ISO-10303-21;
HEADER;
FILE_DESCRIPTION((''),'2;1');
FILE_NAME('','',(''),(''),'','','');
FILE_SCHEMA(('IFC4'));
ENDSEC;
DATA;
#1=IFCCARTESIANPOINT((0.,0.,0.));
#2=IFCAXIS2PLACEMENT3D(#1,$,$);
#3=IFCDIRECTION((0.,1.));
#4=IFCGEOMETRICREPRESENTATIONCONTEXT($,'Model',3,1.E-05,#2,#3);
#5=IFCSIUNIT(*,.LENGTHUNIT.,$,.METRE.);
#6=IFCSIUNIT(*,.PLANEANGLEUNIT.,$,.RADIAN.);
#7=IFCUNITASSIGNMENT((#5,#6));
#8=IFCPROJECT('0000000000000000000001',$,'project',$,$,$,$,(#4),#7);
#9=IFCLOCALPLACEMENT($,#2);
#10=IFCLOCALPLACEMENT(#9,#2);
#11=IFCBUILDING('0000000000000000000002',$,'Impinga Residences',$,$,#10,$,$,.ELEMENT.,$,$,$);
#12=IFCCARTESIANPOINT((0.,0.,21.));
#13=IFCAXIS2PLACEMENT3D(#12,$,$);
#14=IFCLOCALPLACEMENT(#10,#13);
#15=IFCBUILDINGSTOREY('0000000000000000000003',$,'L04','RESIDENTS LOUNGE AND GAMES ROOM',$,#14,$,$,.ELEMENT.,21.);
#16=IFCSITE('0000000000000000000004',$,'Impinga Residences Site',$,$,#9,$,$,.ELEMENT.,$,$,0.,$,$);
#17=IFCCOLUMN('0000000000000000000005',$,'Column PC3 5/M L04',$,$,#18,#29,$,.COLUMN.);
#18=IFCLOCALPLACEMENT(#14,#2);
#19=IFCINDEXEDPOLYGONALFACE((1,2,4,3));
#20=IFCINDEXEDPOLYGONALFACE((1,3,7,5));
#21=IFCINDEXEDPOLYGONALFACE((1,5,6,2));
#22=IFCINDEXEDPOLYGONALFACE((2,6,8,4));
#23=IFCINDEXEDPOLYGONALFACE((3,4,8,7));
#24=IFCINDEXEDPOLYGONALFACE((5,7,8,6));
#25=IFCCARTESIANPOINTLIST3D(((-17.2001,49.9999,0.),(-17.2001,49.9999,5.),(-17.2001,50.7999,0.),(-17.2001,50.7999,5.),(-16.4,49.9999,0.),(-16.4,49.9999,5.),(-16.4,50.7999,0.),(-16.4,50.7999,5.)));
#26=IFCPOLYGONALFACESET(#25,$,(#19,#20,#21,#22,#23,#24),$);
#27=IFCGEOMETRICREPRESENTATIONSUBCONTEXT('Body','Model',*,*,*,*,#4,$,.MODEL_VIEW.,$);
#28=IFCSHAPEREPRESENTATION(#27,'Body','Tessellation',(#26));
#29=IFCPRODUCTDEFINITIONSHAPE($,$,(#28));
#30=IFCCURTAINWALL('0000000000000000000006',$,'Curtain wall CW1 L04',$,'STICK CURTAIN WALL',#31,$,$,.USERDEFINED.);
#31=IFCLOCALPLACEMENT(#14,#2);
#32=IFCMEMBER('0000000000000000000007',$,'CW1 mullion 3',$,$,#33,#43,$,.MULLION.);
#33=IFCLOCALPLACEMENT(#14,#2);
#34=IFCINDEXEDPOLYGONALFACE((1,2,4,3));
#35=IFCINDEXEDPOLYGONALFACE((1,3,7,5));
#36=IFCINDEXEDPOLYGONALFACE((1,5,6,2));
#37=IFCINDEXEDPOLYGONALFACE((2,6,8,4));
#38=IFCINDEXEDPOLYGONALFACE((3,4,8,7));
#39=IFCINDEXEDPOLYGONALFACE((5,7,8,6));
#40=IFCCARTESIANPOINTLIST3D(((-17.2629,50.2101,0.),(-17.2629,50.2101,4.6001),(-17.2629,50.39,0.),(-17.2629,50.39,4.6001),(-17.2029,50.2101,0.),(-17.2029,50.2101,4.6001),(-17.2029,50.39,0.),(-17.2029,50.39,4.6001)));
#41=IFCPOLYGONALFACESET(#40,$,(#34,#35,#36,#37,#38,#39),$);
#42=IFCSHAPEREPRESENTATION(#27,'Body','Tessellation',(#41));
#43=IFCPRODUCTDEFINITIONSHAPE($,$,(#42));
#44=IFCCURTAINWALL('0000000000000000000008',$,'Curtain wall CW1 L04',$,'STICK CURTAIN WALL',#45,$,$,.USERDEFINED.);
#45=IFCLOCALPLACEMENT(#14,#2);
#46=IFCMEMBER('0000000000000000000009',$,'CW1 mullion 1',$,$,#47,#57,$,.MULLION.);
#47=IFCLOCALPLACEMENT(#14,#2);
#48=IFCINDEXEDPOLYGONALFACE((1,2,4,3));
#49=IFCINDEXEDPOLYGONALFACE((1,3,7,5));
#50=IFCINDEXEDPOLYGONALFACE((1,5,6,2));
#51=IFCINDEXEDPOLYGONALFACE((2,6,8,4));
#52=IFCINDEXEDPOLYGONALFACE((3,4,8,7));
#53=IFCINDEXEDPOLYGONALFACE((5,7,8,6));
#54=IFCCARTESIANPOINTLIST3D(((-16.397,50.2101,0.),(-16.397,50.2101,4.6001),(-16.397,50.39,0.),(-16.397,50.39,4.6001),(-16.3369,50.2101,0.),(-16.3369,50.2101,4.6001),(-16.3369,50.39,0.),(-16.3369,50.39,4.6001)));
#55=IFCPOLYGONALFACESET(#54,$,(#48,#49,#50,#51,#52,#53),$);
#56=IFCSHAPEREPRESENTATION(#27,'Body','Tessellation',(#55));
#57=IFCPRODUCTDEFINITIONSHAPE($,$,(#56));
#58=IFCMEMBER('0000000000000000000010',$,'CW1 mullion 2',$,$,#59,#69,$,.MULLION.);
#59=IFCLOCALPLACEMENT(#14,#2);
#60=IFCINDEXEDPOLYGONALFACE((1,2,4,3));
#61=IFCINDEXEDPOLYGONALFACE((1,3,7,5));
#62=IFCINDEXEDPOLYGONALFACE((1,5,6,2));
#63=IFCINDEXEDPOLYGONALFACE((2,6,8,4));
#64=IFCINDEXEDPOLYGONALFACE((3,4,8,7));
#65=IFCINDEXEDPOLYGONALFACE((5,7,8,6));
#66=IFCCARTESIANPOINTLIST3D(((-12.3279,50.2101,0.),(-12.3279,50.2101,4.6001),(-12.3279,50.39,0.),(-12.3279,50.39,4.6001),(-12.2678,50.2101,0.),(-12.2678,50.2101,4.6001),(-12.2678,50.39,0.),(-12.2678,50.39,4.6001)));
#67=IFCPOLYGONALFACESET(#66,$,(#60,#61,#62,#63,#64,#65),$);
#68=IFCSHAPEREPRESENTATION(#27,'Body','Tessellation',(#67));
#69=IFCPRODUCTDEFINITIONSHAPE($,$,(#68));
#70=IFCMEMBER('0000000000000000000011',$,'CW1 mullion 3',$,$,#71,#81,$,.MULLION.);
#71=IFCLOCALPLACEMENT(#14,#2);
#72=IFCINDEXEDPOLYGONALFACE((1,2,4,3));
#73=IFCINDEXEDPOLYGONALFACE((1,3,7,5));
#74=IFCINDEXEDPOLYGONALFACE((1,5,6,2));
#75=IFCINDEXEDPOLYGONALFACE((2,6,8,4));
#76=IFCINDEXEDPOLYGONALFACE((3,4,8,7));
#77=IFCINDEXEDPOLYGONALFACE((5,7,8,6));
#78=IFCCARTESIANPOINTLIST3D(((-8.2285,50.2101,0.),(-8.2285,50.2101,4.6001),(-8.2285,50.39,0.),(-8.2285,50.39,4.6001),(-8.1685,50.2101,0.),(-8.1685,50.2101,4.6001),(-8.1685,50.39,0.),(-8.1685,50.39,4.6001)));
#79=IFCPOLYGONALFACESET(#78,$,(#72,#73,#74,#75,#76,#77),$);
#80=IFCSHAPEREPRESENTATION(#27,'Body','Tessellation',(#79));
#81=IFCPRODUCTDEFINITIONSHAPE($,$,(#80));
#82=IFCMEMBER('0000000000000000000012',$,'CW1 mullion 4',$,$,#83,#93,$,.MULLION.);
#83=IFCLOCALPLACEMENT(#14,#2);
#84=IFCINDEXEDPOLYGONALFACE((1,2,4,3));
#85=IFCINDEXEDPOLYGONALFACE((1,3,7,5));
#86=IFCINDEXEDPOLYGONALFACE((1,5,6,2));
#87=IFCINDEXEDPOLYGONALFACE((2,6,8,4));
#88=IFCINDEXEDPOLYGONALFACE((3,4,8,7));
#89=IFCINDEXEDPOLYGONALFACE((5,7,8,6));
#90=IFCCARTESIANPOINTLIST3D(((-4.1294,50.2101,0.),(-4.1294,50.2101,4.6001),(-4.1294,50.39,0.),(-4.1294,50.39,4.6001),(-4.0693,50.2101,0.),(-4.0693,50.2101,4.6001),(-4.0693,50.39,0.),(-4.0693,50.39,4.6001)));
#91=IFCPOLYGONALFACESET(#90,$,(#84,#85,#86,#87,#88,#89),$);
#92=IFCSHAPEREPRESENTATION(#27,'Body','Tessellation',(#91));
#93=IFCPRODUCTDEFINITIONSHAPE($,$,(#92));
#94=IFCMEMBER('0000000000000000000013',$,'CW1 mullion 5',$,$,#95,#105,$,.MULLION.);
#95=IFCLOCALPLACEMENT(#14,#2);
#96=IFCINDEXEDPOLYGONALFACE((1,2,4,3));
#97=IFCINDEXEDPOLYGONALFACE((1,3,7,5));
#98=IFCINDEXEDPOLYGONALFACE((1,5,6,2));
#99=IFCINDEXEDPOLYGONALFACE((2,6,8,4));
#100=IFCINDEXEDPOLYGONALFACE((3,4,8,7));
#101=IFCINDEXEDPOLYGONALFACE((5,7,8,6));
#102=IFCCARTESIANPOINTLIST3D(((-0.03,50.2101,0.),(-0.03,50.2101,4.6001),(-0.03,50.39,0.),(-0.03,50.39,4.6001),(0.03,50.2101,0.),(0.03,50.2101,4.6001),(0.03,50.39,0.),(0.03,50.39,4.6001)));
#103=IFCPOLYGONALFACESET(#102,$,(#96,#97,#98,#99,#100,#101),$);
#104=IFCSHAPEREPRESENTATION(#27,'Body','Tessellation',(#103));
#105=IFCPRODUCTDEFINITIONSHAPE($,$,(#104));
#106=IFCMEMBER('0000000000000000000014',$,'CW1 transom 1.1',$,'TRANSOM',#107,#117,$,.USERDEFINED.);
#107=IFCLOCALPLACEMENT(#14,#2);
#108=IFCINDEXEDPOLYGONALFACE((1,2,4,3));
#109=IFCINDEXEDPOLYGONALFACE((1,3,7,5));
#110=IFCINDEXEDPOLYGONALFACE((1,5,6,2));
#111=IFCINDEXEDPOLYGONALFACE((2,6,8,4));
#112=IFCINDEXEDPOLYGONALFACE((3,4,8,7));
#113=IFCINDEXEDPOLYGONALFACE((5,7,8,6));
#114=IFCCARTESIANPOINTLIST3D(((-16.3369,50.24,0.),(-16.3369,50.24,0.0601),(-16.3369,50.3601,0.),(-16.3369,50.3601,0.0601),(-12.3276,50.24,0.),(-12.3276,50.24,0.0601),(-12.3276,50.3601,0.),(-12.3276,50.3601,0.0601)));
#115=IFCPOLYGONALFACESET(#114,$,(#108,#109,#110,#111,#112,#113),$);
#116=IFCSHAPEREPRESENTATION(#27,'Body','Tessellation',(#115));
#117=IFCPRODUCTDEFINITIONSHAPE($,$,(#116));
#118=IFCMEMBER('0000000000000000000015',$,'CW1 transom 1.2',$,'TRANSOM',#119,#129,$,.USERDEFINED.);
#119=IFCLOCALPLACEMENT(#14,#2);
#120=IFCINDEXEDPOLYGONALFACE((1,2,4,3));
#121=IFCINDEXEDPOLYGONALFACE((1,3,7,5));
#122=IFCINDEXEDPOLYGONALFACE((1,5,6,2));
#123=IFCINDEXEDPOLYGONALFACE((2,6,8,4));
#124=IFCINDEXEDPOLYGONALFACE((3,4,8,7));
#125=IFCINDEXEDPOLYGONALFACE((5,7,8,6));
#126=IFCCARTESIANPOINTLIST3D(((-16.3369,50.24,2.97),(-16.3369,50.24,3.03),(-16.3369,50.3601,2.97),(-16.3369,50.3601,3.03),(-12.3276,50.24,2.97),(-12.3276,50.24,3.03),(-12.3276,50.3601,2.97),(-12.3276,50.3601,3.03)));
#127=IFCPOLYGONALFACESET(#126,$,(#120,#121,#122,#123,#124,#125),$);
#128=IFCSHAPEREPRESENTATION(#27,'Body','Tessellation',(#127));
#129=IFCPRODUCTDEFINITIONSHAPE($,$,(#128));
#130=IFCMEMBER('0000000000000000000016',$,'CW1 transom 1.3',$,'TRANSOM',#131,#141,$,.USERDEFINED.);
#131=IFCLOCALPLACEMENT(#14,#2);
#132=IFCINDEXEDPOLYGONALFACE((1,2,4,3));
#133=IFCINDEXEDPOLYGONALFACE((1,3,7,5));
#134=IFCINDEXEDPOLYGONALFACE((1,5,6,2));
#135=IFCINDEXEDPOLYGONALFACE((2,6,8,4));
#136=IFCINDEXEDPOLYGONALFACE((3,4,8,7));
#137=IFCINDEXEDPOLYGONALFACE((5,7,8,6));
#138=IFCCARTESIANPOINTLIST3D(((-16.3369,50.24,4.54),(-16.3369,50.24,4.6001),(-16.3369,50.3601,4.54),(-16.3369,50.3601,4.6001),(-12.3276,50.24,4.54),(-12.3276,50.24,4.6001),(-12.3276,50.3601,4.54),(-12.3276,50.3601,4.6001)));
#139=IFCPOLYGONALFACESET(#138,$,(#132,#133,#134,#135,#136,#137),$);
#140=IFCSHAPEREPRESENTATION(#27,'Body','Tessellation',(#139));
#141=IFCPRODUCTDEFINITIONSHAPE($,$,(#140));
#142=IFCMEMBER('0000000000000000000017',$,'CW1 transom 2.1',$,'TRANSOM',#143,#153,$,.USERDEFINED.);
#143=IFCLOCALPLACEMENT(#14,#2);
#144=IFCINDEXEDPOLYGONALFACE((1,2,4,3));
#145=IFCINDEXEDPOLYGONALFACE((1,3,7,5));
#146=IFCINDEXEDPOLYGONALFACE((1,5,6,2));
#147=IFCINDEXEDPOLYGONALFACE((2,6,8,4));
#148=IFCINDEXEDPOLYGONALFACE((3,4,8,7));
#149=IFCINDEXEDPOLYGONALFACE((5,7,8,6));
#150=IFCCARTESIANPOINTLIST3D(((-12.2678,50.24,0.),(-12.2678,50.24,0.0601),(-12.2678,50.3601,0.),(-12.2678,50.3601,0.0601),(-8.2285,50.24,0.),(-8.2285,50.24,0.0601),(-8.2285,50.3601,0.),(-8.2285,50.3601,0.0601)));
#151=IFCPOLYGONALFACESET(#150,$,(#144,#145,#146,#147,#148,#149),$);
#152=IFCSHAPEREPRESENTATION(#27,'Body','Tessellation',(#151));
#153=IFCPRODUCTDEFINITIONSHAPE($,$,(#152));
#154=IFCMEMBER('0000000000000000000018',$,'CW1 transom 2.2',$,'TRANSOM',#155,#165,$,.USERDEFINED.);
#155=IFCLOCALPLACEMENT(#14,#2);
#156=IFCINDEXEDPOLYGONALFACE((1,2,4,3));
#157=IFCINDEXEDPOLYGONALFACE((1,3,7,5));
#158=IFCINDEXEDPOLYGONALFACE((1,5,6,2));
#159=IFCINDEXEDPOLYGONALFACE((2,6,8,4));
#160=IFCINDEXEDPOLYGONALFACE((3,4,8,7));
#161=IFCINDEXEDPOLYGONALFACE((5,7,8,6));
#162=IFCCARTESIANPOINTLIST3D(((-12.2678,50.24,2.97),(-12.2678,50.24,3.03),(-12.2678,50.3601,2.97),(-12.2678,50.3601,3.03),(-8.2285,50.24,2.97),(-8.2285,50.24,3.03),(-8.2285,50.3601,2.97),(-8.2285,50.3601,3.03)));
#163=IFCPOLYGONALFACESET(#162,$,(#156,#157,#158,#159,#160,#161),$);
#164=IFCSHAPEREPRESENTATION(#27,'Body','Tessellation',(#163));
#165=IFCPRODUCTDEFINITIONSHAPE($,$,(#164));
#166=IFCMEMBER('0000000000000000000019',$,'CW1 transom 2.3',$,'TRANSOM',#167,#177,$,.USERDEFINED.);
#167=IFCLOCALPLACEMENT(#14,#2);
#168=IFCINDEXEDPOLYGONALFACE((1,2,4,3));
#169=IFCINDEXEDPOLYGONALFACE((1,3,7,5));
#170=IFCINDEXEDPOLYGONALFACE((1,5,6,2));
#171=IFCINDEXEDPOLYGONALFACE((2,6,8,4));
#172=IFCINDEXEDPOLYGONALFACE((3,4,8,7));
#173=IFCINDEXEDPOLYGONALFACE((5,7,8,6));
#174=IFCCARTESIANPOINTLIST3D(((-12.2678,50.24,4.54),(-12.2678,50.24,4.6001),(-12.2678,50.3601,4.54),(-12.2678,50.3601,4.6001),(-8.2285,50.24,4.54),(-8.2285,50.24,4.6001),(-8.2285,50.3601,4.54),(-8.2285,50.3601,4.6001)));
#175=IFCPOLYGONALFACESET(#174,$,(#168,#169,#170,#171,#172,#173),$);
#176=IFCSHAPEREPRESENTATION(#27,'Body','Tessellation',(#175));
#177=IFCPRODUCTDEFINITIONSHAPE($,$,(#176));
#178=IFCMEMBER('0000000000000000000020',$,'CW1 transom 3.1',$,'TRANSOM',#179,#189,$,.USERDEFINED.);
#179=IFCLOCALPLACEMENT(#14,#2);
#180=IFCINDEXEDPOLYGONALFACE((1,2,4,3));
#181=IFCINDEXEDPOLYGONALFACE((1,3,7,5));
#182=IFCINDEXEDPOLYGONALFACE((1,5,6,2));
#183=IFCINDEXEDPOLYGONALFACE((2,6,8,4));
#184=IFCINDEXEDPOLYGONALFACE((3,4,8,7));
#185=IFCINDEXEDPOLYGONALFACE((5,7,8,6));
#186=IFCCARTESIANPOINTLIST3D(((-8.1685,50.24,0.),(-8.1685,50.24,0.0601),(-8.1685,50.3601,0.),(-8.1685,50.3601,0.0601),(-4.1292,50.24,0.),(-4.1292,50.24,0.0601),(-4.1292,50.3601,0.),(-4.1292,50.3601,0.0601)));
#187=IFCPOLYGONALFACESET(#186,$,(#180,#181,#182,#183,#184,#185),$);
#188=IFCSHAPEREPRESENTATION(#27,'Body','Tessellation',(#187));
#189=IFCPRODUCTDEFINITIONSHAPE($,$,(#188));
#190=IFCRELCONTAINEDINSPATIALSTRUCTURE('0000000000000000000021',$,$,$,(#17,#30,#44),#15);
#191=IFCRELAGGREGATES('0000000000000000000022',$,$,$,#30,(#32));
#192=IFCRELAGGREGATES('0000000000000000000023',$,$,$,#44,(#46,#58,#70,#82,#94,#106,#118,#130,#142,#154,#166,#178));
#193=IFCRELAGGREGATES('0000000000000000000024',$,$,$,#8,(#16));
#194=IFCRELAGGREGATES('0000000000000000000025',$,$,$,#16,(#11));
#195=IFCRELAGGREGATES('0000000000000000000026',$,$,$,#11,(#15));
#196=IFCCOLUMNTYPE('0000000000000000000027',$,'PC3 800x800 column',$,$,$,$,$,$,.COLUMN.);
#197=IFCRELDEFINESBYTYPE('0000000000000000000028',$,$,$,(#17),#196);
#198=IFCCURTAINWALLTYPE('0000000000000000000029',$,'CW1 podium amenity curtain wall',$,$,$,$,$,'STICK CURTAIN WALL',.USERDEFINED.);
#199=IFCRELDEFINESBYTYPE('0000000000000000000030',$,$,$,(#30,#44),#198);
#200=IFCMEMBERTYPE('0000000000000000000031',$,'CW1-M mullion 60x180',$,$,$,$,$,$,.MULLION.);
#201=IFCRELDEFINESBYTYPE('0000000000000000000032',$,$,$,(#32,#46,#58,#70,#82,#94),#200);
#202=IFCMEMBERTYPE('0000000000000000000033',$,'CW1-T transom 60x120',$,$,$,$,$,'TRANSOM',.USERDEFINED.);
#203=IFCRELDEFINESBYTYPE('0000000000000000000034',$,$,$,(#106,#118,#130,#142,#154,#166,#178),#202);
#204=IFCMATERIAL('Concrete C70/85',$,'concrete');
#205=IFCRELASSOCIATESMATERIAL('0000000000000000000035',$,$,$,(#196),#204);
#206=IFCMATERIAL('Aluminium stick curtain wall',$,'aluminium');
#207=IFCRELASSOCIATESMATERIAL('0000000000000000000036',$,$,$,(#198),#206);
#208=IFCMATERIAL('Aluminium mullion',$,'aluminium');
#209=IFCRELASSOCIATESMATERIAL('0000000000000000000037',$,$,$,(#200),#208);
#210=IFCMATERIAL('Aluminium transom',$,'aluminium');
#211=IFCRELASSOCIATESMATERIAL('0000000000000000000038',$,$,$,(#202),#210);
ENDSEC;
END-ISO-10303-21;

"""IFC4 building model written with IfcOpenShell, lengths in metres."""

from ifc_helpers import new_model, si_unit, direction, frame, origin, origin_2d, place, context, subcontext, project, spatial, rectangle, extrude, material, material_profile, profile_set, type_object, element, aggregate, save


model = new_model("IFC4")

# Units and contexts
model_context = context("Model", 3, precision=1e-05, world=origin(), true_north=direction((0.0, 1.0)))
body_context = subcontext(model_context, "Body", "Model", "MODEL_VIEW")
ifc_project = project(units=[si_unit("LENGTHUNIT", "METRE"), si_unit("PLANEANGLEUNIT", "RADIAN")], contexts=[model_context])

# Site, building, storey
site_placement = place(None, origin())
site = spatial("IfcSite", under=ifc_project, at=site_placement, Name="Impinga Residences Site", CompositionType="ELEMENT", RefElevation=0.0)
building_placement = place(site_placement, origin())
building = spatial("IfcBuilding", under=site, at=building_placement, Name="Impinga Residences", CompositionType="ELEMENT")
storey_placement = place(building_placement, frame((0.0, 0.0, 21.0)))
storey = spatial("IfcBuildingStorey", under=building, at=storey_placement, Name="L04", Description="RESIDENTS LOUNGE AND GAMES ROOM", CompositionType="ELEMENT", Elevation=21.0)

# Column
ifc_material_1 = material(Name="Concrete C70/85", Category="concrete")
ifc_material_profile_1 = material_profile(ifc_material_1, rectangle(XDim=0.8, YDim=0.8, at=origin_2d()), Name="RC 800x800")
ifc_profile_set_1 = profile_set([ifc_material_profile_1], Name="Concrete C70/85")
column_type = type_object("IfcColumnType", Name="PC3 800x800 column", PredefinedType="COLUMN", material=ifc_profile_set_1)
column_placement = place(storey_placement, frame((-16.8, 50.3999, 0.0), z_axis=(0.0, 0.0, 1.0), x_axis=(1.0, 0.0, 0.0)))
element("IfcColumn", 1, at=column_placement, inside=storey, type_object=column_type, Name="Column PC3 5/M L04", PredefinedType="COLUMN", context=body_context, shape_type="SweptSolid", body=[
    extrude(rectangle(XDim=0.8, YDim=0.8, at=origin_2d()), origin(), (0.0, 0.0, 1.0), 5.0),
])

# Curtain wall, member
ifc_material_2 = material(Name="Aluminium stick curtain wall", Category="aluminium")
curtain_wall_type = type_object("IfcCurtainWallType", Name="CW1 podium amenity curtain wall", ElementType="STICK CURTAIN WALL", PredefinedType="USERDEFINED", material=ifc_material_2)
curtain_wall_1_placement = place(storey_placement, origin())
curtain_wall_1 = element("IfcCurtainWall", 2, at=curtain_wall_1_placement, inside=storey, type_object=curtain_wall_type, Name="Curtain wall CW1 L04", ObjectType="STICK CURTAIN WALL", PredefinedType="USERDEFINED")
ifc_material_3 = material(Name="Aluminium mullion", Category="aluminium")
ifc_material_profile_2 = material_profile(ifc_material_3, rectangle(XDim=0.0601, YDim=0.1799, at=origin_2d()), Name="60x180 mullion")
ifc_profile_set_2 = profile_set([ifc_material_profile_2], Name="Aluminium mullion")
member_type_1 = type_object("IfcMemberType", Name="CW1-M mullion 60x180", PredefinedType="MULLION", material=ifc_profile_set_2)
member_1_placement = place(storey_placement, frame((-17.2329, 50.3, 0.0), z_axis=(0.0, 0.0, 1.0), x_axis=(1.0, 0.0, 0.0)))
member_1 = element("IfcMember", 3, at=member_1_placement, type_object=member_type_1, Name="CW1 mullion 3", PredefinedType="MULLION", context=body_context, shape_type="SweptSolid", body=[
    extrude(rectangle(XDim=0.0601, YDim=0.1799, at=origin_2d()), origin(), (0.0, 0.0, 1.0), 4.6001),
])

# Curtain wall, members
curtain_wall_2_placement = place(storey_placement, origin())
curtain_wall_2 = element("IfcCurtainWall", 4, at=curtain_wall_2_placement, inside=storey, type_object=curtain_wall_type, Name="Curtain wall CW1 L04", ObjectType="STICK CURTAIN WALL", PredefinedType="USERDEFINED")
member_2_placement = place(storey_placement, frame((-16.3669, 50.3, 0.0), z_axis=(0.0, 0.0, 1.0), x_axis=(1.0, 0.0, 0.0)))
member_2 = element("IfcMember", 5, at=member_2_placement, type_object=member_type_1, Name="CW1 mullion 1", PredefinedType="MULLION", context=body_context, shape_type="SweptSolid", body=[
    extrude(rectangle(XDim=0.0601, YDim=0.1799, at=origin_2d()), origin(), (0.0, 0.0, 1.0), 4.6001),
])
member_3_placement = place(storey_placement, frame((-12.2979, 50.3, 0.0), z_axis=(0.0, 0.0, 1.0), x_axis=(1.0, 0.0, 0.0)))
member_3 = element("IfcMember", 6, at=member_3_placement, type_object=member_type_1, Name="CW1 mullion 2", PredefinedType="MULLION", context=body_context, shape_type="SweptSolid", body=[
    extrude(rectangle(XDim=0.0601, YDim=0.1799, at=origin_2d()), origin(), (0.0, 0.0, 1.0), 4.6001),
])
member_4_placement = place(storey_placement, frame((-8.1985, 50.3, 0.0), z_axis=(0.0, 0.0, 1.0), x_axis=(1.0, 0.0, 0.0)))
member_4 = element("IfcMember", 7, at=member_4_placement, type_object=member_type_1, Name="CW1 mullion 3", PredefinedType="MULLION", context=body_context, shape_type="SweptSolid", body=[
    extrude(rectangle(XDim=0.0601, YDim=0.1799, at=origin_2d()), origin(), (0.0, 0.0, 1.0), 4.6001),
])
member_5_placement = place(storey_placement, frame((-4.0994, 50.3, 0.0), z_axis=(0.0, 0.0, 1.0), x_axis=(1.0, 0.0, 0.0)))
member_5 = element("IfcMember", 8, at=member_5_placement, type_object=member_type_1, Name="CW1 mullion 4", PredefinedType="MULLION", context=body_context, shape_type="SweptSolid", body=[
    extrude(rectangle(XDim=0.0601, YDim=0.1799, at=origin_2d()), origin(), (0.0, 0.0, 1.0), 4.6001),
])
member_6_placement = place(storey_placement, frame((0.0, 50.3, 0.0), z_axis=(0.0, 0.0, 1.0), x_axis=(1.0, 0.0, 0.0)))
member_6 = element("IfcMember", 9, at=member_6_placement, type_object=member_type_1, Name="CW1 mullion 5", PredefinedType="MULLION", context=body_context, shape_type="SweptSolid", body=[
    extrude(rectangle(XDim=0.0601, YDim=0.1799, at=origin_2d()), origin(), (0.0, 0.0, 1.0), 4.6001),
])
ifc_material_4 = material(Name="Aluminium transom", Category="aluminium")
ifc_material_profile_3 = material_profile(ifc_material_4, rectangle(XDim=0.0601, YDim=0.1201, at=origin_2d()), Name="60x120 transom")
ifc_profile_set_3 = profile_set([ifc_material_profile_3], Name="Aluminium transom")
member_type_2 = type_object("IfcMemberType", Name="CW1-T transom 60x120", ElementType="TRANSOM", PredefinedType="USERDEFINED", material=ifc_profile_set_3)
member_7_placement = place(storey_placement, frame((-16.3369, 50.3, 0.03), z_axis=(1.0, 0.0, 0.0), x_axis=(0.0, 0.0, 1.0)))
member_7 = element("IfcMember", 10, at=member_7_placement, type_object=member_type_2, Name="CW1 transom 1.1", ObjectType="TRANSOM", PredefinedType="USERDEFINED", context=body_context, shape_type="SweptSolid", body=[
    extrude(rectangle(XDim=0.0601, YDim=0.1201, at=origin_2d()), origin(), (0.0, 0.0, 1.0), 4.0093),
])
member_8_placement = place(storey_placement, frame((-16.3369, 50.3, 3.0), z_axis=(1.0, 0.0, 0.0), x_axis=(0.0, 0.0, 1.0)))
member_8 = element("IfcMember", 11, at=member_8_placement, type_object=member_type_2, Name="CW1 transom 1.2", ObjectType="TRANSOM", PredefinedType="USERDEFINED", context=body_context, shape_type="SweptSolid", body=[
    extrude(rectangle(XDim=0.0601, YDim=0.1201, at=origin_2d()), origin(), (0.0, 0.0, 1.0), 4.0093),
])
member_9_placement = place(storey_placement, frame((-16.3369, 50.3, 4.5701), z_axis=(1.0, 0.0, 0.0), x_axis=(0.0, 0.0, 1.0)))
member_9 = element("IfcMember", 12, at=member_9_placement, type_object=member_type_2, Name="CW1 transom 1.3", ObjectType="TRANSOM", PredefinedType="USERDEFINED", context=body_context, shape_type="SweptSolid", body=[
    extrude(rectangle(XDim=0.0601, YDim=0.1201, at=origin_2d()), origin(), (0.0, 0.0, 1.0), 4.0093),
])
member_10_placement = place(storey_placement, frame((-12.2678, 50.3, 0.03), z_axis=(1.0, 0.0, 0.0), x_axis=(0.0, 0.0, 1.0)))
member_10 = element("IfcMember", 13, at=member_10_placement, type_object=member_type_2, Name="CW1 transom 2.1", ObjectType="TRANSOM", PredefinedType="USERDEFINED", context=body_context, shape_type="SweptSolid", body=[
    extrude(rectangle(XDim=0.0601, YDim=0.1201, at=origin_2d()), origin(), (0.0, 0.0, 1.0), 4.0393),
])
member_11_placement = place(storey_placement, frame((-12.2678, 50.3, 3.0), z_axis=(1.0, 0.0, 0.0), x_axis=(0.0, 0.0, 1.0)))
member_11 = element("IfcMember", 14, at=member_11_placement, type_object=member_type_2, Name="CW1 transom 2.2", ObjectType="TRANSOM", PredefinedType="USERDEFINED", context=body_context, shape_type="SweptSolid", body=[
    extrude(rectangle(XDim=0.0601, YDim=0.1201, at=origin_2d()), origin(), (0.0, 0.0, 1.0), 4.0393),
])
member_12_placement = place(storey_placement, frame((-12.2678, 50.3, 4.5701), z_axis=(1.0, 0.0, 0.0), x_axis=(0.0, 0.0, 1.0)))
member_12 = element("IfcMember", 15, at=member_12_placement, type_object=member_type_2, Name="CW1 transom 2.3", ObjectType="TRANSOM", PredefinedType="USERDEFINED", context=body_context, shape_type="SweptSolid", body=[
    extrude(rectangle(XDim=0.0601, YDim=0.1201, at=origin_2d()), origin(), (0.0, 0.0, 1.0), 4.0393),
])
member_13_placement = place(storey_placement, frame((-8.1685, 50.3, 0.03), z_axis=(1.0, 0.0, 0.0), x_axis=(0.0, 0.0, 1.0)))
member_13 = element("IfcMember", 16, at=member_13_placement, type_object=member_type_2, Name="CW1 transom 3.1", ObjectType="TRANSOM", PredefinedType="USERDEFINED", context=body_context, shape_type="SweptSolid", body=[
    extrude(rectangle(XDim=0.0601, YDim=0.1201, at=origin_2d()), origin(), (0.0, 0.0, 1.0), 4.0393),
])

aggregate(curtain_wall_1, [member_1])
aggregate(curtain_wall_2, [member_2, member_3, member_4, member_5, member_6, member_7, member_8, member_9, member_10, member_11, member_12, member_13])

save(model, "model.ifc")
